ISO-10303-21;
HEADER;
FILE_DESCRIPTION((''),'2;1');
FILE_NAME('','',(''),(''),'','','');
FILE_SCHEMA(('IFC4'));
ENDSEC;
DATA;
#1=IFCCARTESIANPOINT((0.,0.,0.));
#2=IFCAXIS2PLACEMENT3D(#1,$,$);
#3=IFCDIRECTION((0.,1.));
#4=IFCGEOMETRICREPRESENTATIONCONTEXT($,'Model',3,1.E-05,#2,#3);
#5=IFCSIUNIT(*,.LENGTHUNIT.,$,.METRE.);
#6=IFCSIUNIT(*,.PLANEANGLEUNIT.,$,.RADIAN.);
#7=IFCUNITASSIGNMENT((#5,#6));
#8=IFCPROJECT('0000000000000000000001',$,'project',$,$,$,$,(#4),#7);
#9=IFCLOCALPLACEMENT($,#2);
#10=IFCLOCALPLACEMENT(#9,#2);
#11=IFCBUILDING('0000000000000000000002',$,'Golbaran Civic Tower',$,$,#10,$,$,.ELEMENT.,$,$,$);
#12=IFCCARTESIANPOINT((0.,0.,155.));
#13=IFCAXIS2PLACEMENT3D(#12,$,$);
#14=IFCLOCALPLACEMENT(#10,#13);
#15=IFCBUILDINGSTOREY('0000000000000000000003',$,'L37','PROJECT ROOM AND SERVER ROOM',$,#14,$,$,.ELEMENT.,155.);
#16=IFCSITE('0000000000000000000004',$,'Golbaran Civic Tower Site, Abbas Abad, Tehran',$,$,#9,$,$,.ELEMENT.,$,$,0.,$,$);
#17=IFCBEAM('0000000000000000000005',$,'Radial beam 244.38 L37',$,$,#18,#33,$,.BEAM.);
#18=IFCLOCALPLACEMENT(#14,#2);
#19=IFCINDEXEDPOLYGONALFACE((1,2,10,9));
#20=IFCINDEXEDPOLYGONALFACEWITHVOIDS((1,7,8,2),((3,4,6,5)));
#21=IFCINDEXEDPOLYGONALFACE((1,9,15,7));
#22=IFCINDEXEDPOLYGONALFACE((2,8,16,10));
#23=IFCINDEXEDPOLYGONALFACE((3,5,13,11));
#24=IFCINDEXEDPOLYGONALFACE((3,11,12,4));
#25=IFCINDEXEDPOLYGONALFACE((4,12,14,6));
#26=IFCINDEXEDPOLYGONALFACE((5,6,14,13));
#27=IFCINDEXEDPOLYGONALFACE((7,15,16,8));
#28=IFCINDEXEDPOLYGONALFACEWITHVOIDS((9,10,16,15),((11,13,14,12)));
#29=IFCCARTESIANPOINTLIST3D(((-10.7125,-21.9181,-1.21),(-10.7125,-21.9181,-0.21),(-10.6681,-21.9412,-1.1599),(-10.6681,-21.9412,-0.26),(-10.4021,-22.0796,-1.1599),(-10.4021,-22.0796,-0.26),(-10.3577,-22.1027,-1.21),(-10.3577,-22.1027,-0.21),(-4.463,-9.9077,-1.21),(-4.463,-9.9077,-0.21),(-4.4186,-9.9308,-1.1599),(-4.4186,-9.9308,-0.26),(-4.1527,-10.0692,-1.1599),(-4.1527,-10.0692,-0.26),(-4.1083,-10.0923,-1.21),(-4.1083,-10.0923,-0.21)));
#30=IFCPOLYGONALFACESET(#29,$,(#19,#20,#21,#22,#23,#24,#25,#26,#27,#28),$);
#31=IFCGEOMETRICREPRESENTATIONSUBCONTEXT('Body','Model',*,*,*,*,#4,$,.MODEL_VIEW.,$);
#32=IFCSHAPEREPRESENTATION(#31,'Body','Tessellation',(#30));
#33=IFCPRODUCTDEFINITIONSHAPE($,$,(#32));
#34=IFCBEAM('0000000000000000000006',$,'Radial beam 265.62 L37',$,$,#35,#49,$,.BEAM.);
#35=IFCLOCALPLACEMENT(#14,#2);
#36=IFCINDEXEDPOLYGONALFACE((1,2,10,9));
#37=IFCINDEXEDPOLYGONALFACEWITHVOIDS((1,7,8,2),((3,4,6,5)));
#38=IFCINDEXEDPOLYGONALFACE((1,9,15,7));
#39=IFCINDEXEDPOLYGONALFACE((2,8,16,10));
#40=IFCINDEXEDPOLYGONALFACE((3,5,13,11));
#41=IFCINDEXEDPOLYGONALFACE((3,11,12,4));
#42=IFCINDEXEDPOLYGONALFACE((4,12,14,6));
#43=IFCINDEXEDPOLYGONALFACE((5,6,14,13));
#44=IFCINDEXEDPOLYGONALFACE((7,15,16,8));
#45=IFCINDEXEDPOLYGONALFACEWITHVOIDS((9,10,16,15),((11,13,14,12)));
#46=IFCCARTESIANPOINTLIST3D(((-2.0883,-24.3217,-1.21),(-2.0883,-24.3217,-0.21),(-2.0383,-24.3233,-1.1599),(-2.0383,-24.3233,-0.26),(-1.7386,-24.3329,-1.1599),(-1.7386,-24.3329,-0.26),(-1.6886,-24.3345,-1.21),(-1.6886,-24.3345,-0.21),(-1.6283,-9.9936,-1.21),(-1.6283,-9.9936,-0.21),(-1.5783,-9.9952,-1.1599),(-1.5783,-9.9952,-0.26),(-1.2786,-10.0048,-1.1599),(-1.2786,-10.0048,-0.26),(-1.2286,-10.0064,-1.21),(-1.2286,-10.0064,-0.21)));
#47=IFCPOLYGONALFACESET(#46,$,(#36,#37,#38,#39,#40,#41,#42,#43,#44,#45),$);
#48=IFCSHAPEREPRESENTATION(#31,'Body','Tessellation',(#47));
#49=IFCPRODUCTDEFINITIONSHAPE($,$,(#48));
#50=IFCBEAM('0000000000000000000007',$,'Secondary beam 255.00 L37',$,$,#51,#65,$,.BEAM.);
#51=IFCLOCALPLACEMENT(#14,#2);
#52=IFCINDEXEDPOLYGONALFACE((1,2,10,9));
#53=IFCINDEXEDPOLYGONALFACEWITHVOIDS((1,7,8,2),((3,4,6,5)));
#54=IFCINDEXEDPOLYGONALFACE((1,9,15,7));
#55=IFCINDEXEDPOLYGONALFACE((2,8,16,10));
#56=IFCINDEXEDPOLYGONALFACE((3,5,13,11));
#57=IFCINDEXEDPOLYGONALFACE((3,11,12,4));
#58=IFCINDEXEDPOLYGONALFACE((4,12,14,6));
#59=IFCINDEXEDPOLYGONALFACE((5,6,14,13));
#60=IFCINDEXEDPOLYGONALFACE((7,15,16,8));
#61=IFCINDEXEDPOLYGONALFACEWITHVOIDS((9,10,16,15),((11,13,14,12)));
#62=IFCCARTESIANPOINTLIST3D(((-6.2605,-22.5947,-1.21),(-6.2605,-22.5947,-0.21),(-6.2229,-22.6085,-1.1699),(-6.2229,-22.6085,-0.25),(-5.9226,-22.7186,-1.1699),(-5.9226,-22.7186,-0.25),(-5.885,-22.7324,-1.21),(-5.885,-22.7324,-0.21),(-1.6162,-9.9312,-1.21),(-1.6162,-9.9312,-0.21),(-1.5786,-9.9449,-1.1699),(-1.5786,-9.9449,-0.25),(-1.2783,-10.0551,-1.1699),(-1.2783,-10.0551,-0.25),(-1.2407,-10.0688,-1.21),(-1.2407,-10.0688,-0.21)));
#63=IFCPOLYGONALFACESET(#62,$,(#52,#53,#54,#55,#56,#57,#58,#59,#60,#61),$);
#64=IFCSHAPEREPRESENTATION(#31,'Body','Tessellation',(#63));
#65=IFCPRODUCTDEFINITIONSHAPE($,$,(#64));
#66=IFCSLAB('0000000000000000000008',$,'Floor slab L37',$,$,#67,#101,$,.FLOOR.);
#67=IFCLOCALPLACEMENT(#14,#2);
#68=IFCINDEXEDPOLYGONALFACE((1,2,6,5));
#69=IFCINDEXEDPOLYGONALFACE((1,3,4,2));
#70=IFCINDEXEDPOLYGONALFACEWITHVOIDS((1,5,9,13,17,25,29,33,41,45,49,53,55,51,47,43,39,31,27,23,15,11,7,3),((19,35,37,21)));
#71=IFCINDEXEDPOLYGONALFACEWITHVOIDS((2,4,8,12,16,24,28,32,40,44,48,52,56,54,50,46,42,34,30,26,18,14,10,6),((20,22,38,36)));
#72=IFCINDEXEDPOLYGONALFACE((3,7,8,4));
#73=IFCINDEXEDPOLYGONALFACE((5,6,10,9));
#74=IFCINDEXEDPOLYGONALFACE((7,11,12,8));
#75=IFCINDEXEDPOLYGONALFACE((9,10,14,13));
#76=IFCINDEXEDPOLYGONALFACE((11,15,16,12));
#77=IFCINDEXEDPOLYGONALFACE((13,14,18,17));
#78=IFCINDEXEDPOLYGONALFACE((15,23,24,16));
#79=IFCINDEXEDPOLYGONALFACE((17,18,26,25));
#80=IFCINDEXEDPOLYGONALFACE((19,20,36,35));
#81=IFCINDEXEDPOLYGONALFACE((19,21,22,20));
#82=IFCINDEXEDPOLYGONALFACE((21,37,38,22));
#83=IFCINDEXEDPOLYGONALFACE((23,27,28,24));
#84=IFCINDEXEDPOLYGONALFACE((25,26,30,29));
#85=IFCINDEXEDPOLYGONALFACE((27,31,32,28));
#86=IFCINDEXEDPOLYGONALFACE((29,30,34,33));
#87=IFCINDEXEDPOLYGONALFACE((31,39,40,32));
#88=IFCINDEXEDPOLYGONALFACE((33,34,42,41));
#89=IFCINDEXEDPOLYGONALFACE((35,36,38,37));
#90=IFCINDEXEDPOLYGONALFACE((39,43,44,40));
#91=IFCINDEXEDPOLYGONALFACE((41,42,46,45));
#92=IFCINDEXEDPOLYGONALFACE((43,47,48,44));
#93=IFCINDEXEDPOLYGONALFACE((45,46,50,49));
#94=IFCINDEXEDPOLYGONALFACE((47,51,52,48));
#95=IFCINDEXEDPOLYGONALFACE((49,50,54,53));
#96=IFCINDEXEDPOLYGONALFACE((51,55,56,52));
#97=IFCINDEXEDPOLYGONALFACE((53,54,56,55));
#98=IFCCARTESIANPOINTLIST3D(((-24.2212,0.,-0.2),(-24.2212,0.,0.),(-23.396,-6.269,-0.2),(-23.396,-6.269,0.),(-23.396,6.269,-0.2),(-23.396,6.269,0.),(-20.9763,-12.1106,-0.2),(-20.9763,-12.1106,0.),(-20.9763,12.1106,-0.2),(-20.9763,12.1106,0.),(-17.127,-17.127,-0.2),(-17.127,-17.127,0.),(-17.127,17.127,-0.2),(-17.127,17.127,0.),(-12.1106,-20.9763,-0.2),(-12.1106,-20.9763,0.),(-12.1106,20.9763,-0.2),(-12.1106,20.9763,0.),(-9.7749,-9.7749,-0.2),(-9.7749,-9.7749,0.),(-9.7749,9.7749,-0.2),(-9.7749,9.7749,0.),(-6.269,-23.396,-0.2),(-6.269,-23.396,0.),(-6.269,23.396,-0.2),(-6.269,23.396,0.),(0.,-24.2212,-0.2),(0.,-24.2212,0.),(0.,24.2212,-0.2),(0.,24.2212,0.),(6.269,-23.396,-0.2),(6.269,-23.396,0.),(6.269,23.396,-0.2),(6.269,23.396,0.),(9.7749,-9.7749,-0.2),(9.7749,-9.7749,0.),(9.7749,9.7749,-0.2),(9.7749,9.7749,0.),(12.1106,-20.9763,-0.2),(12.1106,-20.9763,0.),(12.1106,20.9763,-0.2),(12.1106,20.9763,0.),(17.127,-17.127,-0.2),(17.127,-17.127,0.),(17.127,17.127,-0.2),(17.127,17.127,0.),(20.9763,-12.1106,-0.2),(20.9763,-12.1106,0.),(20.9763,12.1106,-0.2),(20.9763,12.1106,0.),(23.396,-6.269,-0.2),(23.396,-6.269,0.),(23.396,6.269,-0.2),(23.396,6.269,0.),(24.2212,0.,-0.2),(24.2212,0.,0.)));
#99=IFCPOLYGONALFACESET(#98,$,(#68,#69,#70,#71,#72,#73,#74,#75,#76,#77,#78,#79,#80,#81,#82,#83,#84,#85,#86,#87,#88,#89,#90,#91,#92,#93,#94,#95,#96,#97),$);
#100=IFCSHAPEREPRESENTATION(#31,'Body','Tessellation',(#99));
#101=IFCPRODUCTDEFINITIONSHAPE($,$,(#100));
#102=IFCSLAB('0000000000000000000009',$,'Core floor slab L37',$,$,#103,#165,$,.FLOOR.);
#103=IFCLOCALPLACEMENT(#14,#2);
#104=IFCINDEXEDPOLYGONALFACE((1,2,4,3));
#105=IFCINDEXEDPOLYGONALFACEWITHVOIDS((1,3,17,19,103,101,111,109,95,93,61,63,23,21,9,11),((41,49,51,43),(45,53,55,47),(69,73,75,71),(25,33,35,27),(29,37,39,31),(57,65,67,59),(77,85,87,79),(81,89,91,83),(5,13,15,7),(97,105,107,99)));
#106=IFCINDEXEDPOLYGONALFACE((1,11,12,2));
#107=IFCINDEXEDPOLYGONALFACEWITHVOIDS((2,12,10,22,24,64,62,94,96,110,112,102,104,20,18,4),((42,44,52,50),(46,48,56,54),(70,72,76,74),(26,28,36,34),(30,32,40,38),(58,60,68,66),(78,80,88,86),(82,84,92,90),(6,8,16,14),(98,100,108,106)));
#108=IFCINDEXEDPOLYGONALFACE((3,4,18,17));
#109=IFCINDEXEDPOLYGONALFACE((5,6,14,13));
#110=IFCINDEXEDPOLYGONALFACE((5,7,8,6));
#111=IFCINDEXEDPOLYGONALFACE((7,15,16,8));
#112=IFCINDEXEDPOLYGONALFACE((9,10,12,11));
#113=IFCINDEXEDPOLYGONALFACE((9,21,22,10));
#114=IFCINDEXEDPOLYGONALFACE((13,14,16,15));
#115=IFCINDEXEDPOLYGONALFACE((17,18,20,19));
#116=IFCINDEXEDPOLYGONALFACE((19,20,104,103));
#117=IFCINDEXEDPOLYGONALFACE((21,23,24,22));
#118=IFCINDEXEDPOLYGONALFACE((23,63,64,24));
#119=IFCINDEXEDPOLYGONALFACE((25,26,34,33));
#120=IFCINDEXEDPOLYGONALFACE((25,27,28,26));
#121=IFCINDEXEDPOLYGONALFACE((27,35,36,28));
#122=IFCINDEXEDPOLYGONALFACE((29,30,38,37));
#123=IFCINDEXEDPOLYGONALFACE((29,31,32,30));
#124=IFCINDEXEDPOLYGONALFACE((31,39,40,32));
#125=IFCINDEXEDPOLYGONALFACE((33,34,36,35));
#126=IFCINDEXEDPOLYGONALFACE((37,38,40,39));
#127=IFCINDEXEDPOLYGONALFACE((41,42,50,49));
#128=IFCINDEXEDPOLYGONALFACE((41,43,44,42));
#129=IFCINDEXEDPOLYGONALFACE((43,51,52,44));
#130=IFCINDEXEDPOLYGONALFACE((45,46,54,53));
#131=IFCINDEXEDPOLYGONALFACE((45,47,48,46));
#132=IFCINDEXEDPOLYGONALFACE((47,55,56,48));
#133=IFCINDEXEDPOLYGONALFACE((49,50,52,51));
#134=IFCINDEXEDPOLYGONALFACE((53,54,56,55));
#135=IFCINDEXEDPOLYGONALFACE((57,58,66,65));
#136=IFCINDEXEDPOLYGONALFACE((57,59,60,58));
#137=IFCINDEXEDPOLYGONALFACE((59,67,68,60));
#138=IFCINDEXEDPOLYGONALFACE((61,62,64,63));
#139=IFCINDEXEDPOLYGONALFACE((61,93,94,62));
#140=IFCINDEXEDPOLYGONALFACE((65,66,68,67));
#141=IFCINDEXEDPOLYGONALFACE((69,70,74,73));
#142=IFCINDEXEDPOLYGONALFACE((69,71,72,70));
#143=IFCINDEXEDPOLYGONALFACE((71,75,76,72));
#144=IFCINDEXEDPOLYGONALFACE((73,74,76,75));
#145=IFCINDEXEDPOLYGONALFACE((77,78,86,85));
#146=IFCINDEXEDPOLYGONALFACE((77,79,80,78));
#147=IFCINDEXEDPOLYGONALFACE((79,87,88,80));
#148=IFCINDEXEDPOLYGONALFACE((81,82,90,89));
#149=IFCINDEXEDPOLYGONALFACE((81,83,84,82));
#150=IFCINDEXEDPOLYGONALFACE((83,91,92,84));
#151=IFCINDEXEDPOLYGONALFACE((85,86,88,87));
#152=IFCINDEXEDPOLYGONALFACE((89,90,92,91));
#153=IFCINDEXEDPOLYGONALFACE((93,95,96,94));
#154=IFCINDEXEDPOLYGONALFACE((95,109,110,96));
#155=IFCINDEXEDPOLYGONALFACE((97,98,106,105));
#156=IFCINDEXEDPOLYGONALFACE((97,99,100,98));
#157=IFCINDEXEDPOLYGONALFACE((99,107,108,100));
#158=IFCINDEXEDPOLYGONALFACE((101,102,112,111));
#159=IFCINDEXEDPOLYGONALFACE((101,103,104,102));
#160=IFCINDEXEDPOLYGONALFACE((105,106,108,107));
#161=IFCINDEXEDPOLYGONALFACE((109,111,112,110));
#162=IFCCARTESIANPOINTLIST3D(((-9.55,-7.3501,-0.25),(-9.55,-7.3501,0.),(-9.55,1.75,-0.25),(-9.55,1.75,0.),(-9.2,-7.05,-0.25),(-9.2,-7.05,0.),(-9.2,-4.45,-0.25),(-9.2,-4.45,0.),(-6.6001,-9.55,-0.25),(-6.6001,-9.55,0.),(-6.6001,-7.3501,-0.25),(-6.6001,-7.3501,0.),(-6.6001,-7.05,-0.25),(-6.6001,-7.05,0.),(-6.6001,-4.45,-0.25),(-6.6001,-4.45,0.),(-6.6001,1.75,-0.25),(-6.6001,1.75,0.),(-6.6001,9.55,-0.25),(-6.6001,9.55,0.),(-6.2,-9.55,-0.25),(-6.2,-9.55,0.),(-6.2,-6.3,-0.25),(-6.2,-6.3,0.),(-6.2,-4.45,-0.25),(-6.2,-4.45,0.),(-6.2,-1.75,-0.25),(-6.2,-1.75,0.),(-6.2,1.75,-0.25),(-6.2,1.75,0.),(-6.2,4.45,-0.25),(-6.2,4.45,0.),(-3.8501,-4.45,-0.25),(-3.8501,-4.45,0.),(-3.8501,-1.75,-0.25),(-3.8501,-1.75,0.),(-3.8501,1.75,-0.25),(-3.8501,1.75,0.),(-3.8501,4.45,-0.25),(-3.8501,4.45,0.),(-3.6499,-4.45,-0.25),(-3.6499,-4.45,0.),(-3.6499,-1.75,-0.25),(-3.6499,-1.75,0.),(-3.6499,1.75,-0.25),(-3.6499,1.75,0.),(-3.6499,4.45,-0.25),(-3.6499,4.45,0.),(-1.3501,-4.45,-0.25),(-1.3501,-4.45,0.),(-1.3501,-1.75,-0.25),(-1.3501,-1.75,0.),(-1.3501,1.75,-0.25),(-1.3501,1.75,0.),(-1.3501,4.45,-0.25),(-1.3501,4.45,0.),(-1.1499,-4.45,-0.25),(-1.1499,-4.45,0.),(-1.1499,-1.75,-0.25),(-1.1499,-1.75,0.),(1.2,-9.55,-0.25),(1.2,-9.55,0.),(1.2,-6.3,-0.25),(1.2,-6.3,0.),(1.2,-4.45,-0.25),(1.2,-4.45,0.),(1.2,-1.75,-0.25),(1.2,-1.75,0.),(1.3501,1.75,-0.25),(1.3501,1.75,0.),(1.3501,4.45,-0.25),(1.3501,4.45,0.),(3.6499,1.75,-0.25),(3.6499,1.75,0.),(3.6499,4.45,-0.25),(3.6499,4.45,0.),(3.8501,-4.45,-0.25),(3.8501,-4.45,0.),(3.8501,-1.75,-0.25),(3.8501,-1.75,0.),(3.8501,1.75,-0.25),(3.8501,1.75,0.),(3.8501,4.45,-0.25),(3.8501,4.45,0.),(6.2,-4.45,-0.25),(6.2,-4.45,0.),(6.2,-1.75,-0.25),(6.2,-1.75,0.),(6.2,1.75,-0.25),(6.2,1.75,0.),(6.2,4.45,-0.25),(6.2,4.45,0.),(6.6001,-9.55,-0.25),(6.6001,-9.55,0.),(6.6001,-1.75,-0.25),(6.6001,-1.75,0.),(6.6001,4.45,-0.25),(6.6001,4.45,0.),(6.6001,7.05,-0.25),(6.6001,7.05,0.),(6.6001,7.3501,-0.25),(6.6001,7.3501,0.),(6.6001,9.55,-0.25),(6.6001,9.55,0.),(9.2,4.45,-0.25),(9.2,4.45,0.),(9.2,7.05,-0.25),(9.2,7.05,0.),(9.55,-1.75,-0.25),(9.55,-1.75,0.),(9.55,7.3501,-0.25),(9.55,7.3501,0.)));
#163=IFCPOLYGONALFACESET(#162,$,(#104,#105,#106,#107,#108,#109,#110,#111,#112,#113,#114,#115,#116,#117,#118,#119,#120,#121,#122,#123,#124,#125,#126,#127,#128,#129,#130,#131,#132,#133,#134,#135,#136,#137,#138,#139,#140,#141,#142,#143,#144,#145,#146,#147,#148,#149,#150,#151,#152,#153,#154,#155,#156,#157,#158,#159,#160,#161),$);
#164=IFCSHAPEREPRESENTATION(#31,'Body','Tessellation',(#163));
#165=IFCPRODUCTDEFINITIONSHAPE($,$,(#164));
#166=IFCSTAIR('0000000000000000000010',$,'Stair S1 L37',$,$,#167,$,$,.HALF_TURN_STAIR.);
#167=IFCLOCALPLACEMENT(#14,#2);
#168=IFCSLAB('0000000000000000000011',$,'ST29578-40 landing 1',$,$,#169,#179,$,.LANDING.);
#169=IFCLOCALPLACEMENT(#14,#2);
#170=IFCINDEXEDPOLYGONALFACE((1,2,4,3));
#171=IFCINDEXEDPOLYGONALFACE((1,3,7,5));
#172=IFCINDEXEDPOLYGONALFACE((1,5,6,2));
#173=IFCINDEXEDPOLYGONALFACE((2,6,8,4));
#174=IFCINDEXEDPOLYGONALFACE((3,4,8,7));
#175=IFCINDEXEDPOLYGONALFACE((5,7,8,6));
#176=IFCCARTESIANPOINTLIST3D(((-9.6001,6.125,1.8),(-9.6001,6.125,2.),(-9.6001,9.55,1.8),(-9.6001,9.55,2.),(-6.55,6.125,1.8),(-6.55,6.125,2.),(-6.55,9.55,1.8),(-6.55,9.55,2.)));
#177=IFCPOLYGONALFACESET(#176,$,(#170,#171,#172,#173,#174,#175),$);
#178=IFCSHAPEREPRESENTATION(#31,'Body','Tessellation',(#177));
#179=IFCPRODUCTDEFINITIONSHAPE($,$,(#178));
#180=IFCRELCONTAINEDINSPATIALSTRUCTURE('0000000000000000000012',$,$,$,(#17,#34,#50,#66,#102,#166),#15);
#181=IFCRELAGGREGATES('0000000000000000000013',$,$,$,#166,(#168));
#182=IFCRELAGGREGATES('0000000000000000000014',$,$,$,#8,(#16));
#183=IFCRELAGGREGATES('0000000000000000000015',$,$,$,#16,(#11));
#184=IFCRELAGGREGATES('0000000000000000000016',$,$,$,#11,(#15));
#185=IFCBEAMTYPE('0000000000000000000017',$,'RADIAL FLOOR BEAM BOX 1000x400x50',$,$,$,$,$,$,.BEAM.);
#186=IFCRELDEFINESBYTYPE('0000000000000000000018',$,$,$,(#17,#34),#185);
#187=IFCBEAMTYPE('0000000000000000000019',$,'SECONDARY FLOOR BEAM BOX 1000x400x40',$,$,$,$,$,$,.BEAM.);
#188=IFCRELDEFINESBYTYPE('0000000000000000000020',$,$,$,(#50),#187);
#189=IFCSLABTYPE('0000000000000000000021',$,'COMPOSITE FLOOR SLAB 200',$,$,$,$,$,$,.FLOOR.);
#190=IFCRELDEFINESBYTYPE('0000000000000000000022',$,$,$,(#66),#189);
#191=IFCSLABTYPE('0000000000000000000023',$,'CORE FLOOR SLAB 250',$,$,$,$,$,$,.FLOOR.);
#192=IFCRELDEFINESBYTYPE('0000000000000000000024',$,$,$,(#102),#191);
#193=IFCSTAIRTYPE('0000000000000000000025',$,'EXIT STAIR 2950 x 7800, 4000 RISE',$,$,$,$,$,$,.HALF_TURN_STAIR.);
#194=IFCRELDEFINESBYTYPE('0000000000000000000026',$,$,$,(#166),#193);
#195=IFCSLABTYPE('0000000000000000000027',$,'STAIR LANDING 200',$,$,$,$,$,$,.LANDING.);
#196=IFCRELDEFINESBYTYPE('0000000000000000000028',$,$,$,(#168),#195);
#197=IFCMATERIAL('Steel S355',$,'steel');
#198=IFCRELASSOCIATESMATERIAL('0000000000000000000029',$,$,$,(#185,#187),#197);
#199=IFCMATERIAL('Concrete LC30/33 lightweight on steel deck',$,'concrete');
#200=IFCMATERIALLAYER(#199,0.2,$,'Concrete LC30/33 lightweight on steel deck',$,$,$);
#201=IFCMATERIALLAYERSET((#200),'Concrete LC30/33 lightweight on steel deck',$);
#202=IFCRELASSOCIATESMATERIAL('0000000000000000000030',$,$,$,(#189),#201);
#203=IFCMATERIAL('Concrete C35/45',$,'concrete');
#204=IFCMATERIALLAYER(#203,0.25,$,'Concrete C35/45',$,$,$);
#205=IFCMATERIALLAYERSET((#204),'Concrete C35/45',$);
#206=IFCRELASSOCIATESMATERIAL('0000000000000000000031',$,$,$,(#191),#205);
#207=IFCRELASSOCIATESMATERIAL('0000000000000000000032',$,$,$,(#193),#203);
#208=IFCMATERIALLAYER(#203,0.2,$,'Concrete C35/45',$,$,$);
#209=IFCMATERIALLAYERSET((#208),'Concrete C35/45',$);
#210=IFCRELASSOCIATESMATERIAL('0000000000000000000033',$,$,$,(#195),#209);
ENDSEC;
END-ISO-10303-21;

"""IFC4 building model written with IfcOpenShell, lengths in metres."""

from ifc_helpers import new_model, si_unit, direction, frame, origin, origin_2d, place, context, subcontext, project, spatial, polyline, hollow_rectangle, outline, extrude, material, layer, layer_set, material_profile, profile_set, type_object, element, aggregate, save


model = new_model("IFC4")

# Units and contexts
model_context = context("Model", 3, precision=1e-05, world=origin(), true_north=direction((0.0, 1.0)))
body_context = subcontext(model_context, "Body", "Model", "MODEL_VIEW")
ifc_project = project(units=[si_unit("LENGTHUNIT", "METRE"), si_unit("PLANEANGLEUNIT", "RADIAN")], contexts=[model_context])

# Site, building, storey
site_placement = place(None, origin())
site = spatial("IfcSite", under=ifc_project, at=site_placement, Name="Golbaran Civic Tower Site, Abbas Abad, Tehran", CompositionType="ELEMENT", RefElevation=0.0)
building_placement = place(site_placement, origin())
building = spatial("IfcBuilding", under=site, at=building_placement, Name="Golbaran Civic Tower", CompositionType="ELEMENT")
storey_placement = place(building_placement, frame((0.0, 0.0, 155.0)))
storey = spatial("IfcBuildingStorey", under=building, at=storey_placement, Name="L37", Description="PROJECT ROOM AND SERVER ROOM", CompositionType="ELEMENT", Elevation=155.0)

# Beams
ifc_material_1 = material(Name="Steel S355", Category="steel")
ifc_material_profile_1 = material_profile(ifc_material_1, hollow_rectangle(XDim=0.3999, YDim=1.0, WallThickness=0.05, at=origin_2d()), Name="BOX 1000x400x50")
ifc_profile_set_1 = profile_set([ifc_material_profile_1], Name="Steel S355")
beam_type_1 = type_object("IfcBeamType", Name="RADIAL FLOOR BEAM BOX 1000x400x50", PredefinedType="BEAM", material=ifc_profile_set_1)
beam_1_placement = place(storey_placement, frame((-4.2856, -10.0, -0.71), z_axis=(-0.461588, -0.887094, 0.0), x_axis=(0.887094, -0.461588, 0.0)))
element("IfcBeam", 1, at=beam_1_placement, inside=storey, type_object=beam_type_1, Name="Radial beam 244.38 L37", PredefinedType="BEAM", context=body_context, shape_type="SweptSolid", body=[
    extrude(hollow_rectangle(XDim=0.3999, YDim=1.0, WallThickness=0.05, at=origin_2d()), origin(), (0.0, 0.0, 1.0), 13.5391),
])
beam_2_placement = place(storey_placement, frame((-1.4285, -10.0, -0.71), z_axis=(-0.032085, -0.999485, 0.0), x_axis=(0.999485, -0.032085, 0.0)))
element("IfcBeam", 2, at=beam_2_placement, inside=storey, type_object=beam_type_1, Name="Radial beam 265.62 L37", PredefinedType="BEAM", context=body_context, shape_type="SweptSolid", body=[
    extrude(hollow_rectangle(XDim=0.3999, YDim=1.0, WallThickness=0.05, at=origin_2d()), origin(), (0.0, 0.0, 1.0), 14.3354),
])
ifc_material_profile_2 = material_profile(ifc_material_1, hollow_rectangle(XDim=0.3999, YDim=1.0, WallThickness=0.04, at=origin_2d()), Name="BOX 1000x400x40")
ifc_profile_set_2 = profile_set([ifc_material_profile_2], Name="Steel S355")
beam_type_2 = type_object("IfcBeamType", Name="SECONDARY FLOOR BEAM BOX 1000x400x40", PredefinedType="BEAM", material=ifc_profile_set_2)
beam_3_placement = place(storey_placement, frame((-1.4285, -10.0, -0.71), z_axis=(-0.344318, -0.938853, 0.0), x_axis=(0.938853, -0.344318, 0.0)))
element("IfcBeam", 3, at=beam_3_placement, inside=storey, type_object=beam_type_2, Name="Secondary beam 255.00 L37", PredefinedType="BEAM", context=body_context, shape_type="SweptSolid", body=[
    extrude(hollow_rectangle(XDim=0.3999, YDim=1.0, WallThickness=0.04, at=origin_2d()), origin(), (0.0, 0.0, 1.0), 13.4883),
])

# Slabs
ifc_material_2 = material(Name="Concrete LC30/33 lightweight on steel deck", Category="concrete")
ifc_layer_1 = layer(ifc_material_2, 0.2, Name="Concrete LC30/33 lightweight on steel deck")
ifc_layer_set_1 = layer_set([ifc_layer_1], Name="Concrete LC30/33 lightweight on steel deck")
slab_type_1 = type_object("IfcSlabType", Name="COMPOSITE FLOOR SLAB 200", PredefinedType="FLOOR", material=ifc_layer_set_1)
slab_1_placement = place(storey_placement, frame((0.0, 0.0, -0.2)))
element("IfcSlab", 4, at=slab_1_placement, inside=storey, type_object=slab_type_1, Name="Floor slab L37", PredefinedType="FLOOR", context=body_context, shape_type="SweptSolid", body=[
    extrude(outline(polyline([(20.9763, -12.1106), (17.127, -17.127), (12.1106, -20.9763), (6.269, -23.396), (0.0, -24.2212), (-6.269, -23.396), (-12.1106, -20.9763), (-17.127, -17.127), (-20.9763, -12.1106), (-23.396, -6.269), (-24.2212, 0.0), (-23.396, 6.269), (-20.9763, 12.1106), (-17.127, 17.127), (-12.1106, 20.9763), (-6.269, 23.396), (0.0, 24.2212), (6.269, 23.396), (12.1106, 20.9763), (17.127, 17.127), (20.9763, 12.1106), (23.396, 6.269), (24.2212, 0.0), (23.396, -6.269), (20.9763, -12.1106)]), holes=[polyline([(-9.7749, 9.7749), (-9.7749, -9.7749), (9.7749, -9.7749), (9.7749, 9.7749), (-9.7749, 9.7749)])]), origin(), (0.0, 0.0, 1.0), 0.2),
])
ifc_material_3 = material(Name="Concrete C35/45", Category="concrete")
ifc_layer_2 = layer(ifc_material_3, 0.25, Name="Concrete C35/45")
ifc_layer_set_2 = layer_set([ifc_layer_2], Name="Concrete C35/45")
slab_type_2 = type_object("IfcSlabType", Name="CORE FLOOR SLAB 250", PredefinedType="FLOOR", material=ifc_layer_set_2)
slab_2_placement = place(storey_placement, frame((0.0, 0.0, -0.25)))
element("IfcSlab", 5, at=slab_2_placement, inside=storey, type_object=slab_type_2, Name="Core floor slab L37", PredefinedType="FLOOR", context=body_context, shape_type="SweptSolid", body=[
    extrude(outline(polyline([(6.6001, -1.75), (6.6001, -9.55), (1.2, -9.55), (1.2, -6.3), (-6.2, -6.3), (-6.2, -9.55), (-6.6001, -9.55), (-6.6001, -7.3501), (-9.55, -7.3501), (-9.55, 1.75), (-6.6001, 1.75), (-6.6001, 9.55), (6.6001, 9.55), (6.6001, 7.3501), (9.55, 7.3501), (9.55, -1.75), (6.6001, -1.75)]), holes=[polyline([(9.2, 7.05), (6.6001, 7.05), (6.6001, 4.45), (9.2, 4.45), (9.2, 7.05)]), polyline([(6.2, -1.75), (3.8501, -1.75), (3.8501, -4.45), (6.2, -4.45), (6.2, -1.75)]), polyline([(6.2, 4.45), (3.8501, 4.45), (3.8501, 1.75), (6.2, 1.75), (6.2, 4.45)]), polyline([(3.6499, 4.45), (1.3501, 4.45), (1.3501, 1.75), (3.6499, 1.75), (3.6499, 4.45)]), polyline([(1.2, -1.75), (-1.1499, -1.75), (-1.1499, -4.45), (1.2, -4.45), (1.2, -1.75)]), polyline([(-1.3501, 4.45), (-3.6499, 4.45), (-3.6499, 1.75), (-1.3501, 1.75), (-1.3501, 4.45)]), polyline([(-1.3501, -1.75), (-3.6499, -1.75), (-3.6499, -4.45), (-1.3501, -4.45), (-1.3501, -1.75)]), polyline([(-3.8501, -1.75), (-6.2, -1.75), (-6.2, -4.45), (-3.8501, -4.45), (-3.8501, -1.75)]), polyline([(-3.8501, 4.45), (-6.2, 4.45), (-6.2, 1.75), (-3.8501, 1.75), (-3.8501, 4.45)]), polyline([(-6.6001, -4.45), (-9.2, -4.45), (-9.2, -7.05), (-6.6001, -7.05), (-6.6001, -4.45)])]), origin(), (0.0, 0.0, 1.0), 0.25),
])

# Stair, slab
stair_type_1 = type_object("IfcStairType", Name="EXIT STAIR 2950 x 7800, 4000 RISE", PredefinedType="HALF_TURN_STAIR", material=ifc_material_3)
stair_1_placement = place(storey_placement, origin())
stair_1 = element("IfcStair", 6, at=stair_1_placement, inside=storey, type_object=stair_type_1, Name="Stair S1 L37", PredefinedType="HALF_TURN_STAIR")
ifc_layer_3 = layer(ifc_material_3, 0.2, Name="Concrete C35/45")
ifc_layer_set_3 = layer_set([ifc_layer_3], Name="Concrete C35/45")
slab_type_3 = type_object("IfcSlabType", Name="STAIR LANDING 200", PredefinedType="LANDING", material=ifc_layer_set_3)
slab_3_placement = place(storey_placement, frame((0.0, 0.0, 1.8)))
slab_3 = element("IfcSlab", 7, at=slab_3_placement, type_object=slab_type_3, Name="ST29578-40 landing 1", PredefinedType="LANDING", context=body_context, shape_type="SweptSolid", body=[
    extrude(outline(polyline([(-9.6001, 6.125), (-9.6001, 9.55), (-6.55, 9.55), (-6.55, 6.125), (-9.6001, 6.125)])), origin(), (0.0, 0.0, 1.0), 0.2),
])
aggregate(stair_1, [slab_3])

save(model, "model.ifc")
